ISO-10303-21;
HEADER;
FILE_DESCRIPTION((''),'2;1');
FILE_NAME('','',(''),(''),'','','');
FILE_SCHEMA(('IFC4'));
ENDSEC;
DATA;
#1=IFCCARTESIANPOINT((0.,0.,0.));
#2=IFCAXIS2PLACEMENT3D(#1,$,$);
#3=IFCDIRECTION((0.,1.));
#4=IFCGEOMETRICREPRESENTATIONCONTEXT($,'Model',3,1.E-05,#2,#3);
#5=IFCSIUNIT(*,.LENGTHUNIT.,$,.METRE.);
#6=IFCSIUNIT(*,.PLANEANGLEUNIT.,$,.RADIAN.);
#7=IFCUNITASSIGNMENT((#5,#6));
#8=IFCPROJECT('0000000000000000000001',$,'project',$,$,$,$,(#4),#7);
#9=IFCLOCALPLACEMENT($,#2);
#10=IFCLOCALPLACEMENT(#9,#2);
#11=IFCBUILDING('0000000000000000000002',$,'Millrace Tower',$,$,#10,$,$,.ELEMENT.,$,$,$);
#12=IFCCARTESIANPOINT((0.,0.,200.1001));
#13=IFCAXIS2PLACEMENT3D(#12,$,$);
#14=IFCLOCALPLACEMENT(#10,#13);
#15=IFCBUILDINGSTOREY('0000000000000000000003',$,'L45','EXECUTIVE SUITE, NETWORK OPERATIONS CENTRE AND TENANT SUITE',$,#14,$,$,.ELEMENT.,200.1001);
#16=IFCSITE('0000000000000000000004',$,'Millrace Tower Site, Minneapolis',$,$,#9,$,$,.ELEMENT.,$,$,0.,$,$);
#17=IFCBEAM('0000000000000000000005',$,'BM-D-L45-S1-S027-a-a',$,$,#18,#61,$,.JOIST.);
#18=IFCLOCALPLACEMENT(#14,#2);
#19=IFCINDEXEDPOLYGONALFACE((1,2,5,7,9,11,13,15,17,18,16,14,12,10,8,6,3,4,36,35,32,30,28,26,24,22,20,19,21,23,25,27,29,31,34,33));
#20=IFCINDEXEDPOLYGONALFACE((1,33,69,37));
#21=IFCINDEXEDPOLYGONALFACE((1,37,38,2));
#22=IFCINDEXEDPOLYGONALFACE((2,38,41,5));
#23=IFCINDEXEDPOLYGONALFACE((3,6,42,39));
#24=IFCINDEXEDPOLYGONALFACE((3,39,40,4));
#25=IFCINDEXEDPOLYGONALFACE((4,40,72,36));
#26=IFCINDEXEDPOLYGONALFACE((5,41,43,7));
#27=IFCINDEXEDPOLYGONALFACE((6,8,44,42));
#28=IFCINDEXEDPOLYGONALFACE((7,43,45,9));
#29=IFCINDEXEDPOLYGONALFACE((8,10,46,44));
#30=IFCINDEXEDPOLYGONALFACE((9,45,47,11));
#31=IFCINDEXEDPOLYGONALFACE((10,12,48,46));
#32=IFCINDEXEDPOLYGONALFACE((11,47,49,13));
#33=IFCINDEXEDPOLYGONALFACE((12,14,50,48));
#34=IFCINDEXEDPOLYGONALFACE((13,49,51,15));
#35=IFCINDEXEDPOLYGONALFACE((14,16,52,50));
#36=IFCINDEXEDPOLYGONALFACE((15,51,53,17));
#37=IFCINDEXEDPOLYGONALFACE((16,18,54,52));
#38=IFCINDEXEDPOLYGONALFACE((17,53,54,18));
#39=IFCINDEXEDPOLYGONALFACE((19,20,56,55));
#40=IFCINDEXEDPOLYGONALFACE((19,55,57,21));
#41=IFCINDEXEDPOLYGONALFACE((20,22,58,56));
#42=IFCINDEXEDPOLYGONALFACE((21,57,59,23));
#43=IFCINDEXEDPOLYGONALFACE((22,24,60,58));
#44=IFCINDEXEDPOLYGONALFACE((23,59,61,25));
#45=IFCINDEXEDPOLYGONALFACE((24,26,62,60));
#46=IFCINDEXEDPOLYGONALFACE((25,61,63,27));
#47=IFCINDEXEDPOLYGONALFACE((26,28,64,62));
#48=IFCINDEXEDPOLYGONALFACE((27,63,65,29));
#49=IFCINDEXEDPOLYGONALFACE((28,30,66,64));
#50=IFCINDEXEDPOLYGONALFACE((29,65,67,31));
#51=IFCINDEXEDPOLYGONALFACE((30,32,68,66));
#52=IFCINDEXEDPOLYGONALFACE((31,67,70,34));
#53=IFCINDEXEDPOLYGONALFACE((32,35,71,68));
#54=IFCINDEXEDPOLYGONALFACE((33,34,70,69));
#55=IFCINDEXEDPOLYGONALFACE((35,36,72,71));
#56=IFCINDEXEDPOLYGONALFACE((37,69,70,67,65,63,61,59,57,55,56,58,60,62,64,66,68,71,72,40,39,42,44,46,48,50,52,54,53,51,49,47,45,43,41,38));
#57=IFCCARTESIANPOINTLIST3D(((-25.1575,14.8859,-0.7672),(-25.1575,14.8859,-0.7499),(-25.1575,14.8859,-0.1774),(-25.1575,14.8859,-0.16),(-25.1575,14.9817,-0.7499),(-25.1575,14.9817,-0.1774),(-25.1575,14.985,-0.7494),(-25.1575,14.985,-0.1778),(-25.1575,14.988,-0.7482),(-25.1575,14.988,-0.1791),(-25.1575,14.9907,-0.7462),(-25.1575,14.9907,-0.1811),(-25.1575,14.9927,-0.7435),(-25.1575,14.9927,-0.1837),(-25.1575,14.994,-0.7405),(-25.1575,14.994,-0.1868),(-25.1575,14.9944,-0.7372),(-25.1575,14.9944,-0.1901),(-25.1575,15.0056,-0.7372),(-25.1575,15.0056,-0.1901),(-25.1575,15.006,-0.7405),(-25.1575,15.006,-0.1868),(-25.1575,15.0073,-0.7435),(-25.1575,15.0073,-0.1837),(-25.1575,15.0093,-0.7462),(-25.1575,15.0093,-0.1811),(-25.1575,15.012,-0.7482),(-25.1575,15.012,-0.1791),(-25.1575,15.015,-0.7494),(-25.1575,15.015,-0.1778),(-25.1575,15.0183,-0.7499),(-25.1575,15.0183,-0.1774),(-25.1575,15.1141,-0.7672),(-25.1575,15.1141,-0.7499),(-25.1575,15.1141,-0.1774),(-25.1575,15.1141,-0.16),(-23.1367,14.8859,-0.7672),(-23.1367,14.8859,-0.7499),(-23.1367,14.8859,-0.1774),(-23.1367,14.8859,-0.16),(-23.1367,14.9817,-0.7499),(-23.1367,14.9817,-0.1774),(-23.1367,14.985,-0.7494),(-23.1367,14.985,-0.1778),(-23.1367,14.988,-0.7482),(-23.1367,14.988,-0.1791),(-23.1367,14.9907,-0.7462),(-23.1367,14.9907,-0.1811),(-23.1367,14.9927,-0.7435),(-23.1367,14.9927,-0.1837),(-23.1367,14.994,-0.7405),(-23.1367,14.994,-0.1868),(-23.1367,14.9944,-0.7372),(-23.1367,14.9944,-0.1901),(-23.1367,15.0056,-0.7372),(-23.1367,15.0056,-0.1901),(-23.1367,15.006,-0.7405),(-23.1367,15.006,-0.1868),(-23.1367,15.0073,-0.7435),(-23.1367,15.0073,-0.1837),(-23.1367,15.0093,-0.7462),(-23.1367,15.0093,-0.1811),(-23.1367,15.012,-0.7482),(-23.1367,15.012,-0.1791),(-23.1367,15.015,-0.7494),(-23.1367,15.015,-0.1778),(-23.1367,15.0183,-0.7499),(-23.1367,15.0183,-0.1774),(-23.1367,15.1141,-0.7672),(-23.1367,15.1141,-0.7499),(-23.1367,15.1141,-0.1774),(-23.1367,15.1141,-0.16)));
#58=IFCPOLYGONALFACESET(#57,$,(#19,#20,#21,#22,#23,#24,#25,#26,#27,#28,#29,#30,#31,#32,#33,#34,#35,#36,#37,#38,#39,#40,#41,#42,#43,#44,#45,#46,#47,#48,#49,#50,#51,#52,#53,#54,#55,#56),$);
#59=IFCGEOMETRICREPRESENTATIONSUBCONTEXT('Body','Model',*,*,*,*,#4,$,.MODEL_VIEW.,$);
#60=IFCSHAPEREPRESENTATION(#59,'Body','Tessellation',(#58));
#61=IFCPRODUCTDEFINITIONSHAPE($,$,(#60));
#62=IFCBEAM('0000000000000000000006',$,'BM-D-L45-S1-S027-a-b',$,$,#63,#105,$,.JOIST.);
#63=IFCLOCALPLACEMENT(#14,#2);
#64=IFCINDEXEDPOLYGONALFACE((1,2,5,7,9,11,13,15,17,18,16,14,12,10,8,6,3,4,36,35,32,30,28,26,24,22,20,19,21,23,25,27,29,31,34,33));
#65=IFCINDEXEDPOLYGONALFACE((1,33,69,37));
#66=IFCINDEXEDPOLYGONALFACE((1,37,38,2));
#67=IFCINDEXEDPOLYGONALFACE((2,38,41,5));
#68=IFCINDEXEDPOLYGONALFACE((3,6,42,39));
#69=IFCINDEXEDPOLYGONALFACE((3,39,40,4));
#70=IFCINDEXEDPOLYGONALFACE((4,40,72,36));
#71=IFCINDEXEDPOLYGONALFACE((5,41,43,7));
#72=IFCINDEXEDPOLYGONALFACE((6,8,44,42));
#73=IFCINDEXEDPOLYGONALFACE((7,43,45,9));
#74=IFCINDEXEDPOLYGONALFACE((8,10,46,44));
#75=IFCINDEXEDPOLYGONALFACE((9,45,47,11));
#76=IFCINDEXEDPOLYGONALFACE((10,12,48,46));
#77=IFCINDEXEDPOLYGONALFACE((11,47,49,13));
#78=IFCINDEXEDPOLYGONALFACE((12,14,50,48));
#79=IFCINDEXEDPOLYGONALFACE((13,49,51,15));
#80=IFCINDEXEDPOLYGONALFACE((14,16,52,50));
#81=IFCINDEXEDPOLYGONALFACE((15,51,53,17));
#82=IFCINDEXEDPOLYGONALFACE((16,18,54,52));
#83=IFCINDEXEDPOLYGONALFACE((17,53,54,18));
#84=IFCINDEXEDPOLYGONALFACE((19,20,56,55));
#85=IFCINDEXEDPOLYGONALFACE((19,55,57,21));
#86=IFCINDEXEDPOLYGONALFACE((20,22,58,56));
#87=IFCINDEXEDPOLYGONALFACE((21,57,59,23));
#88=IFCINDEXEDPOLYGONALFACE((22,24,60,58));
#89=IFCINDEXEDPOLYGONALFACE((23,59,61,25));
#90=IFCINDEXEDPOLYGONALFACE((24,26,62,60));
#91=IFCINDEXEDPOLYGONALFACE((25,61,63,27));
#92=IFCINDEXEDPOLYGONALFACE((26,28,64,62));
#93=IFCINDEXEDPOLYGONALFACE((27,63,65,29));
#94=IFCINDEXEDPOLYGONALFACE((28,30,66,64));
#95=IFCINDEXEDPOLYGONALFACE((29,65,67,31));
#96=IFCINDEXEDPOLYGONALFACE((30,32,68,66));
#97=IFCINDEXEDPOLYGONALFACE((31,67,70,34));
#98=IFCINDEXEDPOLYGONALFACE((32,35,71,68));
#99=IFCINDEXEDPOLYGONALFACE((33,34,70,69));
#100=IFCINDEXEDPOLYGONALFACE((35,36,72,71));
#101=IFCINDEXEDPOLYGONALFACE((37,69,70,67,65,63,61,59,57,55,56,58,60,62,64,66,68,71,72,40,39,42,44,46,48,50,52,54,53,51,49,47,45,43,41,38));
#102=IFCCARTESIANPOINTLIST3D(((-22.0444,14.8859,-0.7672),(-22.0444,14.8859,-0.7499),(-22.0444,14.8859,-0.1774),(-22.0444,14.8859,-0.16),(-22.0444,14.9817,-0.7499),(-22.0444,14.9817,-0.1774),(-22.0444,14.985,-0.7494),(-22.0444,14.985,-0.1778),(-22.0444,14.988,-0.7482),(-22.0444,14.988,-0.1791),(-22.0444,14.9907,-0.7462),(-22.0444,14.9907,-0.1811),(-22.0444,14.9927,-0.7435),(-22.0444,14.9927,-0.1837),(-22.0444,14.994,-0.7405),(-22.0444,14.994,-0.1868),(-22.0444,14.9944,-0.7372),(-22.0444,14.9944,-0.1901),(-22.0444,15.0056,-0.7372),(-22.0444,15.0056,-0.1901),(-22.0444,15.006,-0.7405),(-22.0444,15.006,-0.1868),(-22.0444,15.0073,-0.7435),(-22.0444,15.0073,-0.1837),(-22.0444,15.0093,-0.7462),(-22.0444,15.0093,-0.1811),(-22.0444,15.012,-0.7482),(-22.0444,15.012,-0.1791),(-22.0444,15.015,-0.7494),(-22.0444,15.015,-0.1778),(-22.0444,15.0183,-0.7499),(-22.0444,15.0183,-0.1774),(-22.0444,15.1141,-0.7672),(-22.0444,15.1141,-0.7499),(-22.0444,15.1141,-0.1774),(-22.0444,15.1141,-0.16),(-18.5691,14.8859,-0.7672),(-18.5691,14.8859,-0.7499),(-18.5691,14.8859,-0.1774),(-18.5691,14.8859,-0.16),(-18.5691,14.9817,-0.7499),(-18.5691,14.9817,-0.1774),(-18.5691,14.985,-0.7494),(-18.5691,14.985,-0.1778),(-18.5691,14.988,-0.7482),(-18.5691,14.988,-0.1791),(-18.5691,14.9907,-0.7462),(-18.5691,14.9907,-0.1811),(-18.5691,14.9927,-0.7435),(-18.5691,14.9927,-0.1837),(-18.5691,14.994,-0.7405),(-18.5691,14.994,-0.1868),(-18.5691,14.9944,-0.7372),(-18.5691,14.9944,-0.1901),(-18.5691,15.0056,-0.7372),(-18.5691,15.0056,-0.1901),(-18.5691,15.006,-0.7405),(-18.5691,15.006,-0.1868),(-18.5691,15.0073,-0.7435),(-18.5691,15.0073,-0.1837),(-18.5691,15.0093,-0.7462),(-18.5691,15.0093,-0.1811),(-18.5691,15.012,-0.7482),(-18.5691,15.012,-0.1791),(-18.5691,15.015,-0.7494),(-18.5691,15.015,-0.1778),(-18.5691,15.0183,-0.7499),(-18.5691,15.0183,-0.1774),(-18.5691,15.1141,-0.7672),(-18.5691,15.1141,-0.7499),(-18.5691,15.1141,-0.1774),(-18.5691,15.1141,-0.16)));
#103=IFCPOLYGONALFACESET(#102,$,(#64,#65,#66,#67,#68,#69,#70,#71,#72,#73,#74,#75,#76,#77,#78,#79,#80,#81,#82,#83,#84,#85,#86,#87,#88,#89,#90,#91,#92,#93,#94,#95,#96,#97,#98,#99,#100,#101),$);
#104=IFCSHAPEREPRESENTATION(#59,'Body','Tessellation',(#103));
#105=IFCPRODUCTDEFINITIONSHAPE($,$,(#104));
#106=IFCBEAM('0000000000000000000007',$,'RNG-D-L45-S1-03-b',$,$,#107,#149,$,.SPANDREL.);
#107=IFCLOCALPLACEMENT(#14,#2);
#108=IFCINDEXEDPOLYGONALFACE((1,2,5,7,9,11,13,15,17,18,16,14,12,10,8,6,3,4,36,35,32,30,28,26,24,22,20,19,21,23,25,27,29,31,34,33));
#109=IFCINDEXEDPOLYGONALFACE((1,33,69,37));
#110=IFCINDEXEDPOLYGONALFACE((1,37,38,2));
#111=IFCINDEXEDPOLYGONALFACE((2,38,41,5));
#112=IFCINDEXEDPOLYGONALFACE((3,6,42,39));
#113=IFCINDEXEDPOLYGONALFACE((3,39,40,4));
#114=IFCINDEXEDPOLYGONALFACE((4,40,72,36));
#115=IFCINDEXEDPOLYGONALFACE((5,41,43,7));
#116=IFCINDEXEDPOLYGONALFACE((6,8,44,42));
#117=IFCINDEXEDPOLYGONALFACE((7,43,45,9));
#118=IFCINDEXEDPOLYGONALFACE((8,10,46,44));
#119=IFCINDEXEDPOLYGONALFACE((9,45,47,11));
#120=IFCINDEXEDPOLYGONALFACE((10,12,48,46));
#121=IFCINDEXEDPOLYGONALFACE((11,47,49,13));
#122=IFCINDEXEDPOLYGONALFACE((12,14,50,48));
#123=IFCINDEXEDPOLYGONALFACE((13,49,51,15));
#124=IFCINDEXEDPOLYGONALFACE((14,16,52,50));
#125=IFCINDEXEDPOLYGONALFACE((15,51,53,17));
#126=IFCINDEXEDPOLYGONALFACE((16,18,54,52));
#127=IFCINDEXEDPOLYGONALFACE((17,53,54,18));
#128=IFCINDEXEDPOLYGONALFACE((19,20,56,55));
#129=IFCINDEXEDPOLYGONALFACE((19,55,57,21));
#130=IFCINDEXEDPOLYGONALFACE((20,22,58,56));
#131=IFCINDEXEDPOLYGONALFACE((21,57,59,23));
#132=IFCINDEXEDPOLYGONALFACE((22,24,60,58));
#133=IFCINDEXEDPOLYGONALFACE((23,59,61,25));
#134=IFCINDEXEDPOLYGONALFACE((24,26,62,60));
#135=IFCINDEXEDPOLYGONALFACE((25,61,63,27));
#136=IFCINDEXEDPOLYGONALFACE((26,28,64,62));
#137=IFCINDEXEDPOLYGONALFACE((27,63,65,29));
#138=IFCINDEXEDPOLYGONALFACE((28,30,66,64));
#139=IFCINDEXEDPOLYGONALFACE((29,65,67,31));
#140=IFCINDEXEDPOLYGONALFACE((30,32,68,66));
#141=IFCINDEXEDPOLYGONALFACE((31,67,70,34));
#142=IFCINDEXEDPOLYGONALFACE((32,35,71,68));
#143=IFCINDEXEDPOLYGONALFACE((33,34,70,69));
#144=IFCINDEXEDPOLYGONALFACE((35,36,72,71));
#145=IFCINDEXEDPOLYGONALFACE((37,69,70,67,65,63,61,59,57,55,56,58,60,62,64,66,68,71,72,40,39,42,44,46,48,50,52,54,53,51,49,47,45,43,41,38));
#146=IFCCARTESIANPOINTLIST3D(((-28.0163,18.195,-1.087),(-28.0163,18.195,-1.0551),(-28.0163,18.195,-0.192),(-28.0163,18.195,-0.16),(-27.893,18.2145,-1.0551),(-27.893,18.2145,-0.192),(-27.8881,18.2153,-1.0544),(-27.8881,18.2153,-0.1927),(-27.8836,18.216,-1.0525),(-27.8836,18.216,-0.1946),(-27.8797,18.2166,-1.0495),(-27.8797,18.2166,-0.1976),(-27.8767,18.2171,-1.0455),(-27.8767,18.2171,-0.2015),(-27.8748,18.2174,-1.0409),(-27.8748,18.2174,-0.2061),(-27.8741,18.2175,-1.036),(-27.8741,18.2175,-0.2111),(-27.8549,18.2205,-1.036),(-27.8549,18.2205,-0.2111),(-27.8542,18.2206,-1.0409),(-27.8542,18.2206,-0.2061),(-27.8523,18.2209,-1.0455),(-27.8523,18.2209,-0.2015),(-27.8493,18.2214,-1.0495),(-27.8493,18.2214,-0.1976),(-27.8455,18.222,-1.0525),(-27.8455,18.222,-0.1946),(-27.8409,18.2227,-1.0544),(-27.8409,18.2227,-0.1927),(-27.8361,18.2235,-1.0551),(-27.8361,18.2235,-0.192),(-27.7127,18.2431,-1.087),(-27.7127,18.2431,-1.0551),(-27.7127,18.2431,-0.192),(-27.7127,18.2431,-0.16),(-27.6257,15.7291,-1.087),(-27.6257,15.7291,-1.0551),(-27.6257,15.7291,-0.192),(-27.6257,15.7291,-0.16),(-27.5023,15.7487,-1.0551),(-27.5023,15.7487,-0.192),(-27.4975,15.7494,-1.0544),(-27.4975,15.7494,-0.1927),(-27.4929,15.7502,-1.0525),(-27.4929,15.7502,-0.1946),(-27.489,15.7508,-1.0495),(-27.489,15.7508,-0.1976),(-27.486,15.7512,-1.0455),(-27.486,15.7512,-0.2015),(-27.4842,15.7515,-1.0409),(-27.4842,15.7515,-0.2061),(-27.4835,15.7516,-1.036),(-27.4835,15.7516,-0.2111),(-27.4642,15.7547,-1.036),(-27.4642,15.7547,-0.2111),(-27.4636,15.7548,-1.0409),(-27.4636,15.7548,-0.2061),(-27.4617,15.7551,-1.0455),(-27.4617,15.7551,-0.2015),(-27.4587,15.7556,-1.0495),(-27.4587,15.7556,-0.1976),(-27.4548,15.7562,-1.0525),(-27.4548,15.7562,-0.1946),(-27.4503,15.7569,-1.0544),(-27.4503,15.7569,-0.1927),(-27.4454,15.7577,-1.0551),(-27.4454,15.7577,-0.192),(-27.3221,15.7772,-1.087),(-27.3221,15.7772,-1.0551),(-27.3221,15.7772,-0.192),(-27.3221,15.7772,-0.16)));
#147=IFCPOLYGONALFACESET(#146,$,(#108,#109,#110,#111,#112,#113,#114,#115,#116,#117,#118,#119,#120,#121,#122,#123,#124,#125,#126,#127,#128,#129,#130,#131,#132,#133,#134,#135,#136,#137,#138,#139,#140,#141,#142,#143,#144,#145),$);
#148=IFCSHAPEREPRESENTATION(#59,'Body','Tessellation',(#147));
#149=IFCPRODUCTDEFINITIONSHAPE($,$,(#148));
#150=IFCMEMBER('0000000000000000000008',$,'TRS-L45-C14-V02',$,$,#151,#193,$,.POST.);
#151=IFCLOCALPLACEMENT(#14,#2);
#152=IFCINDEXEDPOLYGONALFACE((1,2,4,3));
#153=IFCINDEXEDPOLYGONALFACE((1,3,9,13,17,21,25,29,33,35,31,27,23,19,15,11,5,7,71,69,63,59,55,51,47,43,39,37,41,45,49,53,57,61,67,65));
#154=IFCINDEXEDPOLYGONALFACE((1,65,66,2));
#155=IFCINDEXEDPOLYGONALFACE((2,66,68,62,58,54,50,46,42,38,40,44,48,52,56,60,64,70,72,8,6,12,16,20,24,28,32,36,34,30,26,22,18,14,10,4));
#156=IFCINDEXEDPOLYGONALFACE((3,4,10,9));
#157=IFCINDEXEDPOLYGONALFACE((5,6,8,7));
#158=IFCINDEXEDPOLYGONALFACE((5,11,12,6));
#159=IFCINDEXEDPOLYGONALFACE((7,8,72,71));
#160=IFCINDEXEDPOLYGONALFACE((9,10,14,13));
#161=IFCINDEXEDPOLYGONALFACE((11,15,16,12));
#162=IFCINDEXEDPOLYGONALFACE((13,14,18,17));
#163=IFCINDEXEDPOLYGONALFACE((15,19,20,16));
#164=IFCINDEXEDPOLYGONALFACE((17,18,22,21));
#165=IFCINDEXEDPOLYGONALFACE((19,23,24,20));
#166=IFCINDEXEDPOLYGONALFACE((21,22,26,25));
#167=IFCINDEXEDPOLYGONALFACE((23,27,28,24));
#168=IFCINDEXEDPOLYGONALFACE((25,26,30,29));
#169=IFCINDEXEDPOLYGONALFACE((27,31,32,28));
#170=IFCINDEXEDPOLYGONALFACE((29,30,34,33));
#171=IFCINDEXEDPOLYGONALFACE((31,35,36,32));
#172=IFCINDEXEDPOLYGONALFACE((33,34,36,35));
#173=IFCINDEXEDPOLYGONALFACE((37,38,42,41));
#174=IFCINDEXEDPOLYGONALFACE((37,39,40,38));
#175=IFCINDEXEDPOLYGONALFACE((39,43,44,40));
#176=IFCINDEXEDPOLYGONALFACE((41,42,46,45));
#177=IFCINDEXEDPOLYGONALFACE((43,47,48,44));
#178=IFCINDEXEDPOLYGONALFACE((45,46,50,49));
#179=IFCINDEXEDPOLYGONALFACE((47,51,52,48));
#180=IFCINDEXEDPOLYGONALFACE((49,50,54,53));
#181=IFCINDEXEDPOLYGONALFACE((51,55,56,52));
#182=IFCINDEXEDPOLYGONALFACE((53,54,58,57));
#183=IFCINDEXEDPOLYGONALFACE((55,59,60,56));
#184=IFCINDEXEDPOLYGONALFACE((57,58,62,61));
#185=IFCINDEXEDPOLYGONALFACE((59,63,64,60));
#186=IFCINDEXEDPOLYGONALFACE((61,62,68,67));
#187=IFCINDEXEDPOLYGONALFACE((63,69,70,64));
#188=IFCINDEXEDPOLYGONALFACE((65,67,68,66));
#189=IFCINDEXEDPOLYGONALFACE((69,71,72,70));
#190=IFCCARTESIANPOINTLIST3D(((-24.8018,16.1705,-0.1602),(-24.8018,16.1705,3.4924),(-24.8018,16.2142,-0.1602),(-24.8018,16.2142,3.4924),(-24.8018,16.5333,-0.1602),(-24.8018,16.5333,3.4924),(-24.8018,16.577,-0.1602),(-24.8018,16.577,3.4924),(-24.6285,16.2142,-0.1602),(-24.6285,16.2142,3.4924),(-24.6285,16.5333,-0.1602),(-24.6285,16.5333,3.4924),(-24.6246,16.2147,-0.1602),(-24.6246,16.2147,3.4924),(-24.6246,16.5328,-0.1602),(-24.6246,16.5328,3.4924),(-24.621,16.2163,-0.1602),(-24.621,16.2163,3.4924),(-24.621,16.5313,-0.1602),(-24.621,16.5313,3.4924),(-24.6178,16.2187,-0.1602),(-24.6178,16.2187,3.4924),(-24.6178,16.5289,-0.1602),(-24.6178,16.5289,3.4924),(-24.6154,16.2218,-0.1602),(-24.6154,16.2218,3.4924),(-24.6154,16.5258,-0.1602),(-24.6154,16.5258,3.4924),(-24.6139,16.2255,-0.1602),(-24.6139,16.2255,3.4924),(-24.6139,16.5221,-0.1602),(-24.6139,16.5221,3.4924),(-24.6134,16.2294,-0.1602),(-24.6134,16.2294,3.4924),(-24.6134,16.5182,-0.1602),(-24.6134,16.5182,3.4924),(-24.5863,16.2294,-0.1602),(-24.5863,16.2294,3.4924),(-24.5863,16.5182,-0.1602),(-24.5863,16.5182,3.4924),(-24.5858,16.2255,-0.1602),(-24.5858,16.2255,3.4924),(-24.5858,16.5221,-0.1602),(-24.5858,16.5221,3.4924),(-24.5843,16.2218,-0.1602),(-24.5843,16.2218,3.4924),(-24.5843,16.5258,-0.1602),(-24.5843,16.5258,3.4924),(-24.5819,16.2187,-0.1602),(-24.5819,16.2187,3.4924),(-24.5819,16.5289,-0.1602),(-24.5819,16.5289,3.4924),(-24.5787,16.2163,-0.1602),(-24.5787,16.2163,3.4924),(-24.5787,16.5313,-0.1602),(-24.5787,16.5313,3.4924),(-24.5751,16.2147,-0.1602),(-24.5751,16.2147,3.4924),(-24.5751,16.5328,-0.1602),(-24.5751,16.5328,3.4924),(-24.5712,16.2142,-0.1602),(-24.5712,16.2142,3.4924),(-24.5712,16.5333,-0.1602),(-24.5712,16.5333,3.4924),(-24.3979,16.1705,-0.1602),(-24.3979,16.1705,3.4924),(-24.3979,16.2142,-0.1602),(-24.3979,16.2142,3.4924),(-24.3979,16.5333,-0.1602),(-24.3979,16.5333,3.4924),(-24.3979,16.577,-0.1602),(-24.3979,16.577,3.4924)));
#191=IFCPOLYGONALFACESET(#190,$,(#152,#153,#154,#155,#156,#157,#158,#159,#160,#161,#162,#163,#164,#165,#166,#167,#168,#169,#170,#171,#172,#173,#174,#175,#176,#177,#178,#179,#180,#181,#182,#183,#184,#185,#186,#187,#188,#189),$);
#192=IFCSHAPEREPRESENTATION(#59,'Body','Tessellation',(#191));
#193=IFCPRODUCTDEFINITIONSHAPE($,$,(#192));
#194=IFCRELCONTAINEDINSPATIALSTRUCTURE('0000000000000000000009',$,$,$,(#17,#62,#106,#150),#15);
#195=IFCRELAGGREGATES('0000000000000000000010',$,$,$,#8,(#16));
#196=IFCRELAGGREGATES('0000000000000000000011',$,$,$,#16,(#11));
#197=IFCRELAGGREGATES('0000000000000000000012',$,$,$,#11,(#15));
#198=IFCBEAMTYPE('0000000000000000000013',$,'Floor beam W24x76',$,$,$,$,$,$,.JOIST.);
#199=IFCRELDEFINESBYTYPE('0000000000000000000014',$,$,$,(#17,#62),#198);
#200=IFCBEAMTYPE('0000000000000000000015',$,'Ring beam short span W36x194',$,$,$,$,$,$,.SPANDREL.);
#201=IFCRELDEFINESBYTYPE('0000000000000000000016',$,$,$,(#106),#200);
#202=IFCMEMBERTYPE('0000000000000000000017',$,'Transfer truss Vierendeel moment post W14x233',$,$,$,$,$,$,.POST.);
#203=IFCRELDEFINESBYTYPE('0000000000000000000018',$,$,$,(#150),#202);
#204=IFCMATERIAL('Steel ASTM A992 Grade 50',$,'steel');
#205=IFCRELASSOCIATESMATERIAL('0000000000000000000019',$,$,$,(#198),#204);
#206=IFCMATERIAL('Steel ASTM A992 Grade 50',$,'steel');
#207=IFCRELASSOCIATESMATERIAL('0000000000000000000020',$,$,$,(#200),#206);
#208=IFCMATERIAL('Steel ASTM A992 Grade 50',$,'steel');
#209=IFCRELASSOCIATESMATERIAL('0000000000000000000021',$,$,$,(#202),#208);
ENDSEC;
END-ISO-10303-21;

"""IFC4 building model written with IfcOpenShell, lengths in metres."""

from ifc_helpers import new_model, si_unit, direction, frame, origin, origin_2d, place, context, subcontext, project, spatial, i_section, extrude, material, material_profile, profile_set, type_object, element, save


model = new_model("IFC4")

# Units and contexts
model_context = context("Model", 3, precision=1e-05, world=origin(), true_north=direction((0.0, 1.0)))
body_context = subcontext(model_context, "Body", "Model", "MODEL_VIEW")
ifc_project = project(units=[si_unit("LENGTHUNIT", "METRE"), si_unit("PLANEANGLEUNIT", "RADIAN")], contexts=[model_context])

# Site, building, storey
site_placement = place(None, origin())
site = spatial("IfcSite", under=ifc_project, at=site_placement, Name="Millrace Tower Site, Minneapolis", CompositionType="ELEMENT", RefElevation=0.0)
building_placement = place(site_placement, origin())
building = spatial("IfcBuilding", under=site, at=building_placement, Name="Millrace Tower", CompositionType="ELEMENT")
storey_placement = place(building_placement, frame((0.0, 0.0, 200.1001)))
storey = spatial("IfcBuildingStorey", under=building, at=storey_placement, Name="L45", Description="EXECUTIVE SUITE, NETWORK OPERATIONS CENTRE AND TENANT SUITE", CompositionType="ELEMENT", Elevation=200.1001)

# Beams
ifc_material_1 = material(Name="Steel ASTM A992 Grade 50", Category="steel")
ifc_material_profile_1 = material_profile(ifc_material_1, i_section(OverallWidth=0.2283, OverallDepth=0.6072, WebThickness=0.0112, FlangeThickness=0.0173, FilletRadius=0.0127, at=origin_2d()))
ifc_profile_set_1 = profile_set([ifc_material_profile_1], Name="Steel ASTM A992 Grade 50")
beam_type_1 = type_object("IfcBeamType", Name="Floor beam W24x76", PredefinedType="JOIST", material=ifc_profile_set_1)
beam_1_placement = place(storey_placement, frame((-25.1575, 15.0, -0.4636), z_axis=(1.0, 0.0, 0.0), x_axis=(0.0, 1.0, 0.0)))
element("IfcBeam", 1, at=beam_1_placement, inside=storey, type_object=beam_type_1, Name="BM-D-L45-S1-S027-a-a", PredefinedType="JOIST", context=body_context, shape_type="SweptSolid", body=[
    extrude(i_section(OverallWidth=0.2283, OverallDepth=0.6072, WebThickness=0.0112, FlangeThickness=0.0173, FilletRadius=0.0127, at=origin_2d()), origin(), (0.0, 0.0, 1.0), 2.0208),
])
beam_2_placement = place(storey_placement, frame((-22.0444, 15.0, -0.4636), z_axis=(1.0, 0.0, 0.0), x_axis=(0.0, 1.0, 0.0)))
element("IfcBeam", 2, at=beam_2_placement, inside=storey, type_object=beam_type_1, Name="BM-D-L45-S1-S027-a-b", PredefinedType="JOIST", context=body_context, shape_type="SweptSolid", body=[
    extrude(i_section(OverallWidth=0.2283, OverallDepth=0.6072, WebThickness=0.0112, FlangeThickness=0.0173, FilletRadius=0.0127, at=origin_2d()), origin(), (0.0, 0.0, 1.0), 3.4753),
])
ifc_material_2 = material(Name="Steel ASTM A992 Grade 50", Category="steel")
ifc_material_profile_2 = material_profile(ifc_material_2, i_section(OverallWidth=0.3074, OverallDepth=0.927, WebThickness=0.0195, FlangeThickness=0.032, FilletRadius=0.019, at=origin_2d()))
ifc_profile_set_2 = profile_set([ifc_material_profile_2], Name="Steel ASTM A992 Grade 50")
beam_type_2 = type_object("IfcBeamType", Name="Ring beam short span W36x194", PredefinedType="SPANDREL", material=ifc_profile_set_2)
beam_3_placement = place(storey_placement, frame((-27.4739, 15.7532, -0.6235), z_axis=(-0.156465, 0.987684, 0.0), x_axis=(-0.987684, -0.156465, 0.0)))
element("IfcBeam", 3, at=beam_3_placement, inside=storey, type_object=beam_type_2, Name="RNG-D-L45-S1-03-b", PredefinedType="SPANDREL", context=body_context, shape_type="SweptSolid", body=[
    extrude(i_section(OverallWidth=0.3074, OverallDepth=0.927, WebThickness=0.0195, FlangeThickness=0.032, FilletRadius=0.019, at=origin_2d()), origin(), (0.0, 0.0, 1.0), 2.4966),
])

# Member
ifc_material_3 = material(Name="Steel ASTM A992 Grade 50", Category="steel")
ifc_material_profile_3 = material_profile(ifc_material_3, i_section(OverallWidth=0.4038, OverallDepth=0.4065, WebThickness=0.0271, FlangeThickness=0.0437, FilletRadius=0.0151, at=origin_2d()))
ifc_profile_set_3 = profile_set([ifc_material_profile_3], Name="Steel ASTM A992 Grade 50")
member_type_1 = type_object("IfcMemberType", Name="Transfer truss Vierendeel moment post W14x233", PredefinedType="POST", material=ifc_profile_set_3)
member_1_placement = place(storey_placement, frame((-24.5999, 16.3738, -0.1602), z_axis=(0.0, 0.0, 1.0), x_axis=(1.0, 0.0, 0.0)))
element("IfcMember", 4, at=member_1_placement, inside=storey, type_object=member_type_1, Name="TRS-L45-C14-V02", PredefinedType="POST", context=body_context, shape_type="SweptSolid", body=[
    extrude(i_section(OverallWidth=0.4038, OverallDepth=0.4065, WebThickness=0.0271, FlangeThickness=0.0437, FilletRadius=0.0151, at=origin_2d()), origin(), (0.0, 0.0, 1.0), 3.6526),
])

save(model, "model.ifc")
